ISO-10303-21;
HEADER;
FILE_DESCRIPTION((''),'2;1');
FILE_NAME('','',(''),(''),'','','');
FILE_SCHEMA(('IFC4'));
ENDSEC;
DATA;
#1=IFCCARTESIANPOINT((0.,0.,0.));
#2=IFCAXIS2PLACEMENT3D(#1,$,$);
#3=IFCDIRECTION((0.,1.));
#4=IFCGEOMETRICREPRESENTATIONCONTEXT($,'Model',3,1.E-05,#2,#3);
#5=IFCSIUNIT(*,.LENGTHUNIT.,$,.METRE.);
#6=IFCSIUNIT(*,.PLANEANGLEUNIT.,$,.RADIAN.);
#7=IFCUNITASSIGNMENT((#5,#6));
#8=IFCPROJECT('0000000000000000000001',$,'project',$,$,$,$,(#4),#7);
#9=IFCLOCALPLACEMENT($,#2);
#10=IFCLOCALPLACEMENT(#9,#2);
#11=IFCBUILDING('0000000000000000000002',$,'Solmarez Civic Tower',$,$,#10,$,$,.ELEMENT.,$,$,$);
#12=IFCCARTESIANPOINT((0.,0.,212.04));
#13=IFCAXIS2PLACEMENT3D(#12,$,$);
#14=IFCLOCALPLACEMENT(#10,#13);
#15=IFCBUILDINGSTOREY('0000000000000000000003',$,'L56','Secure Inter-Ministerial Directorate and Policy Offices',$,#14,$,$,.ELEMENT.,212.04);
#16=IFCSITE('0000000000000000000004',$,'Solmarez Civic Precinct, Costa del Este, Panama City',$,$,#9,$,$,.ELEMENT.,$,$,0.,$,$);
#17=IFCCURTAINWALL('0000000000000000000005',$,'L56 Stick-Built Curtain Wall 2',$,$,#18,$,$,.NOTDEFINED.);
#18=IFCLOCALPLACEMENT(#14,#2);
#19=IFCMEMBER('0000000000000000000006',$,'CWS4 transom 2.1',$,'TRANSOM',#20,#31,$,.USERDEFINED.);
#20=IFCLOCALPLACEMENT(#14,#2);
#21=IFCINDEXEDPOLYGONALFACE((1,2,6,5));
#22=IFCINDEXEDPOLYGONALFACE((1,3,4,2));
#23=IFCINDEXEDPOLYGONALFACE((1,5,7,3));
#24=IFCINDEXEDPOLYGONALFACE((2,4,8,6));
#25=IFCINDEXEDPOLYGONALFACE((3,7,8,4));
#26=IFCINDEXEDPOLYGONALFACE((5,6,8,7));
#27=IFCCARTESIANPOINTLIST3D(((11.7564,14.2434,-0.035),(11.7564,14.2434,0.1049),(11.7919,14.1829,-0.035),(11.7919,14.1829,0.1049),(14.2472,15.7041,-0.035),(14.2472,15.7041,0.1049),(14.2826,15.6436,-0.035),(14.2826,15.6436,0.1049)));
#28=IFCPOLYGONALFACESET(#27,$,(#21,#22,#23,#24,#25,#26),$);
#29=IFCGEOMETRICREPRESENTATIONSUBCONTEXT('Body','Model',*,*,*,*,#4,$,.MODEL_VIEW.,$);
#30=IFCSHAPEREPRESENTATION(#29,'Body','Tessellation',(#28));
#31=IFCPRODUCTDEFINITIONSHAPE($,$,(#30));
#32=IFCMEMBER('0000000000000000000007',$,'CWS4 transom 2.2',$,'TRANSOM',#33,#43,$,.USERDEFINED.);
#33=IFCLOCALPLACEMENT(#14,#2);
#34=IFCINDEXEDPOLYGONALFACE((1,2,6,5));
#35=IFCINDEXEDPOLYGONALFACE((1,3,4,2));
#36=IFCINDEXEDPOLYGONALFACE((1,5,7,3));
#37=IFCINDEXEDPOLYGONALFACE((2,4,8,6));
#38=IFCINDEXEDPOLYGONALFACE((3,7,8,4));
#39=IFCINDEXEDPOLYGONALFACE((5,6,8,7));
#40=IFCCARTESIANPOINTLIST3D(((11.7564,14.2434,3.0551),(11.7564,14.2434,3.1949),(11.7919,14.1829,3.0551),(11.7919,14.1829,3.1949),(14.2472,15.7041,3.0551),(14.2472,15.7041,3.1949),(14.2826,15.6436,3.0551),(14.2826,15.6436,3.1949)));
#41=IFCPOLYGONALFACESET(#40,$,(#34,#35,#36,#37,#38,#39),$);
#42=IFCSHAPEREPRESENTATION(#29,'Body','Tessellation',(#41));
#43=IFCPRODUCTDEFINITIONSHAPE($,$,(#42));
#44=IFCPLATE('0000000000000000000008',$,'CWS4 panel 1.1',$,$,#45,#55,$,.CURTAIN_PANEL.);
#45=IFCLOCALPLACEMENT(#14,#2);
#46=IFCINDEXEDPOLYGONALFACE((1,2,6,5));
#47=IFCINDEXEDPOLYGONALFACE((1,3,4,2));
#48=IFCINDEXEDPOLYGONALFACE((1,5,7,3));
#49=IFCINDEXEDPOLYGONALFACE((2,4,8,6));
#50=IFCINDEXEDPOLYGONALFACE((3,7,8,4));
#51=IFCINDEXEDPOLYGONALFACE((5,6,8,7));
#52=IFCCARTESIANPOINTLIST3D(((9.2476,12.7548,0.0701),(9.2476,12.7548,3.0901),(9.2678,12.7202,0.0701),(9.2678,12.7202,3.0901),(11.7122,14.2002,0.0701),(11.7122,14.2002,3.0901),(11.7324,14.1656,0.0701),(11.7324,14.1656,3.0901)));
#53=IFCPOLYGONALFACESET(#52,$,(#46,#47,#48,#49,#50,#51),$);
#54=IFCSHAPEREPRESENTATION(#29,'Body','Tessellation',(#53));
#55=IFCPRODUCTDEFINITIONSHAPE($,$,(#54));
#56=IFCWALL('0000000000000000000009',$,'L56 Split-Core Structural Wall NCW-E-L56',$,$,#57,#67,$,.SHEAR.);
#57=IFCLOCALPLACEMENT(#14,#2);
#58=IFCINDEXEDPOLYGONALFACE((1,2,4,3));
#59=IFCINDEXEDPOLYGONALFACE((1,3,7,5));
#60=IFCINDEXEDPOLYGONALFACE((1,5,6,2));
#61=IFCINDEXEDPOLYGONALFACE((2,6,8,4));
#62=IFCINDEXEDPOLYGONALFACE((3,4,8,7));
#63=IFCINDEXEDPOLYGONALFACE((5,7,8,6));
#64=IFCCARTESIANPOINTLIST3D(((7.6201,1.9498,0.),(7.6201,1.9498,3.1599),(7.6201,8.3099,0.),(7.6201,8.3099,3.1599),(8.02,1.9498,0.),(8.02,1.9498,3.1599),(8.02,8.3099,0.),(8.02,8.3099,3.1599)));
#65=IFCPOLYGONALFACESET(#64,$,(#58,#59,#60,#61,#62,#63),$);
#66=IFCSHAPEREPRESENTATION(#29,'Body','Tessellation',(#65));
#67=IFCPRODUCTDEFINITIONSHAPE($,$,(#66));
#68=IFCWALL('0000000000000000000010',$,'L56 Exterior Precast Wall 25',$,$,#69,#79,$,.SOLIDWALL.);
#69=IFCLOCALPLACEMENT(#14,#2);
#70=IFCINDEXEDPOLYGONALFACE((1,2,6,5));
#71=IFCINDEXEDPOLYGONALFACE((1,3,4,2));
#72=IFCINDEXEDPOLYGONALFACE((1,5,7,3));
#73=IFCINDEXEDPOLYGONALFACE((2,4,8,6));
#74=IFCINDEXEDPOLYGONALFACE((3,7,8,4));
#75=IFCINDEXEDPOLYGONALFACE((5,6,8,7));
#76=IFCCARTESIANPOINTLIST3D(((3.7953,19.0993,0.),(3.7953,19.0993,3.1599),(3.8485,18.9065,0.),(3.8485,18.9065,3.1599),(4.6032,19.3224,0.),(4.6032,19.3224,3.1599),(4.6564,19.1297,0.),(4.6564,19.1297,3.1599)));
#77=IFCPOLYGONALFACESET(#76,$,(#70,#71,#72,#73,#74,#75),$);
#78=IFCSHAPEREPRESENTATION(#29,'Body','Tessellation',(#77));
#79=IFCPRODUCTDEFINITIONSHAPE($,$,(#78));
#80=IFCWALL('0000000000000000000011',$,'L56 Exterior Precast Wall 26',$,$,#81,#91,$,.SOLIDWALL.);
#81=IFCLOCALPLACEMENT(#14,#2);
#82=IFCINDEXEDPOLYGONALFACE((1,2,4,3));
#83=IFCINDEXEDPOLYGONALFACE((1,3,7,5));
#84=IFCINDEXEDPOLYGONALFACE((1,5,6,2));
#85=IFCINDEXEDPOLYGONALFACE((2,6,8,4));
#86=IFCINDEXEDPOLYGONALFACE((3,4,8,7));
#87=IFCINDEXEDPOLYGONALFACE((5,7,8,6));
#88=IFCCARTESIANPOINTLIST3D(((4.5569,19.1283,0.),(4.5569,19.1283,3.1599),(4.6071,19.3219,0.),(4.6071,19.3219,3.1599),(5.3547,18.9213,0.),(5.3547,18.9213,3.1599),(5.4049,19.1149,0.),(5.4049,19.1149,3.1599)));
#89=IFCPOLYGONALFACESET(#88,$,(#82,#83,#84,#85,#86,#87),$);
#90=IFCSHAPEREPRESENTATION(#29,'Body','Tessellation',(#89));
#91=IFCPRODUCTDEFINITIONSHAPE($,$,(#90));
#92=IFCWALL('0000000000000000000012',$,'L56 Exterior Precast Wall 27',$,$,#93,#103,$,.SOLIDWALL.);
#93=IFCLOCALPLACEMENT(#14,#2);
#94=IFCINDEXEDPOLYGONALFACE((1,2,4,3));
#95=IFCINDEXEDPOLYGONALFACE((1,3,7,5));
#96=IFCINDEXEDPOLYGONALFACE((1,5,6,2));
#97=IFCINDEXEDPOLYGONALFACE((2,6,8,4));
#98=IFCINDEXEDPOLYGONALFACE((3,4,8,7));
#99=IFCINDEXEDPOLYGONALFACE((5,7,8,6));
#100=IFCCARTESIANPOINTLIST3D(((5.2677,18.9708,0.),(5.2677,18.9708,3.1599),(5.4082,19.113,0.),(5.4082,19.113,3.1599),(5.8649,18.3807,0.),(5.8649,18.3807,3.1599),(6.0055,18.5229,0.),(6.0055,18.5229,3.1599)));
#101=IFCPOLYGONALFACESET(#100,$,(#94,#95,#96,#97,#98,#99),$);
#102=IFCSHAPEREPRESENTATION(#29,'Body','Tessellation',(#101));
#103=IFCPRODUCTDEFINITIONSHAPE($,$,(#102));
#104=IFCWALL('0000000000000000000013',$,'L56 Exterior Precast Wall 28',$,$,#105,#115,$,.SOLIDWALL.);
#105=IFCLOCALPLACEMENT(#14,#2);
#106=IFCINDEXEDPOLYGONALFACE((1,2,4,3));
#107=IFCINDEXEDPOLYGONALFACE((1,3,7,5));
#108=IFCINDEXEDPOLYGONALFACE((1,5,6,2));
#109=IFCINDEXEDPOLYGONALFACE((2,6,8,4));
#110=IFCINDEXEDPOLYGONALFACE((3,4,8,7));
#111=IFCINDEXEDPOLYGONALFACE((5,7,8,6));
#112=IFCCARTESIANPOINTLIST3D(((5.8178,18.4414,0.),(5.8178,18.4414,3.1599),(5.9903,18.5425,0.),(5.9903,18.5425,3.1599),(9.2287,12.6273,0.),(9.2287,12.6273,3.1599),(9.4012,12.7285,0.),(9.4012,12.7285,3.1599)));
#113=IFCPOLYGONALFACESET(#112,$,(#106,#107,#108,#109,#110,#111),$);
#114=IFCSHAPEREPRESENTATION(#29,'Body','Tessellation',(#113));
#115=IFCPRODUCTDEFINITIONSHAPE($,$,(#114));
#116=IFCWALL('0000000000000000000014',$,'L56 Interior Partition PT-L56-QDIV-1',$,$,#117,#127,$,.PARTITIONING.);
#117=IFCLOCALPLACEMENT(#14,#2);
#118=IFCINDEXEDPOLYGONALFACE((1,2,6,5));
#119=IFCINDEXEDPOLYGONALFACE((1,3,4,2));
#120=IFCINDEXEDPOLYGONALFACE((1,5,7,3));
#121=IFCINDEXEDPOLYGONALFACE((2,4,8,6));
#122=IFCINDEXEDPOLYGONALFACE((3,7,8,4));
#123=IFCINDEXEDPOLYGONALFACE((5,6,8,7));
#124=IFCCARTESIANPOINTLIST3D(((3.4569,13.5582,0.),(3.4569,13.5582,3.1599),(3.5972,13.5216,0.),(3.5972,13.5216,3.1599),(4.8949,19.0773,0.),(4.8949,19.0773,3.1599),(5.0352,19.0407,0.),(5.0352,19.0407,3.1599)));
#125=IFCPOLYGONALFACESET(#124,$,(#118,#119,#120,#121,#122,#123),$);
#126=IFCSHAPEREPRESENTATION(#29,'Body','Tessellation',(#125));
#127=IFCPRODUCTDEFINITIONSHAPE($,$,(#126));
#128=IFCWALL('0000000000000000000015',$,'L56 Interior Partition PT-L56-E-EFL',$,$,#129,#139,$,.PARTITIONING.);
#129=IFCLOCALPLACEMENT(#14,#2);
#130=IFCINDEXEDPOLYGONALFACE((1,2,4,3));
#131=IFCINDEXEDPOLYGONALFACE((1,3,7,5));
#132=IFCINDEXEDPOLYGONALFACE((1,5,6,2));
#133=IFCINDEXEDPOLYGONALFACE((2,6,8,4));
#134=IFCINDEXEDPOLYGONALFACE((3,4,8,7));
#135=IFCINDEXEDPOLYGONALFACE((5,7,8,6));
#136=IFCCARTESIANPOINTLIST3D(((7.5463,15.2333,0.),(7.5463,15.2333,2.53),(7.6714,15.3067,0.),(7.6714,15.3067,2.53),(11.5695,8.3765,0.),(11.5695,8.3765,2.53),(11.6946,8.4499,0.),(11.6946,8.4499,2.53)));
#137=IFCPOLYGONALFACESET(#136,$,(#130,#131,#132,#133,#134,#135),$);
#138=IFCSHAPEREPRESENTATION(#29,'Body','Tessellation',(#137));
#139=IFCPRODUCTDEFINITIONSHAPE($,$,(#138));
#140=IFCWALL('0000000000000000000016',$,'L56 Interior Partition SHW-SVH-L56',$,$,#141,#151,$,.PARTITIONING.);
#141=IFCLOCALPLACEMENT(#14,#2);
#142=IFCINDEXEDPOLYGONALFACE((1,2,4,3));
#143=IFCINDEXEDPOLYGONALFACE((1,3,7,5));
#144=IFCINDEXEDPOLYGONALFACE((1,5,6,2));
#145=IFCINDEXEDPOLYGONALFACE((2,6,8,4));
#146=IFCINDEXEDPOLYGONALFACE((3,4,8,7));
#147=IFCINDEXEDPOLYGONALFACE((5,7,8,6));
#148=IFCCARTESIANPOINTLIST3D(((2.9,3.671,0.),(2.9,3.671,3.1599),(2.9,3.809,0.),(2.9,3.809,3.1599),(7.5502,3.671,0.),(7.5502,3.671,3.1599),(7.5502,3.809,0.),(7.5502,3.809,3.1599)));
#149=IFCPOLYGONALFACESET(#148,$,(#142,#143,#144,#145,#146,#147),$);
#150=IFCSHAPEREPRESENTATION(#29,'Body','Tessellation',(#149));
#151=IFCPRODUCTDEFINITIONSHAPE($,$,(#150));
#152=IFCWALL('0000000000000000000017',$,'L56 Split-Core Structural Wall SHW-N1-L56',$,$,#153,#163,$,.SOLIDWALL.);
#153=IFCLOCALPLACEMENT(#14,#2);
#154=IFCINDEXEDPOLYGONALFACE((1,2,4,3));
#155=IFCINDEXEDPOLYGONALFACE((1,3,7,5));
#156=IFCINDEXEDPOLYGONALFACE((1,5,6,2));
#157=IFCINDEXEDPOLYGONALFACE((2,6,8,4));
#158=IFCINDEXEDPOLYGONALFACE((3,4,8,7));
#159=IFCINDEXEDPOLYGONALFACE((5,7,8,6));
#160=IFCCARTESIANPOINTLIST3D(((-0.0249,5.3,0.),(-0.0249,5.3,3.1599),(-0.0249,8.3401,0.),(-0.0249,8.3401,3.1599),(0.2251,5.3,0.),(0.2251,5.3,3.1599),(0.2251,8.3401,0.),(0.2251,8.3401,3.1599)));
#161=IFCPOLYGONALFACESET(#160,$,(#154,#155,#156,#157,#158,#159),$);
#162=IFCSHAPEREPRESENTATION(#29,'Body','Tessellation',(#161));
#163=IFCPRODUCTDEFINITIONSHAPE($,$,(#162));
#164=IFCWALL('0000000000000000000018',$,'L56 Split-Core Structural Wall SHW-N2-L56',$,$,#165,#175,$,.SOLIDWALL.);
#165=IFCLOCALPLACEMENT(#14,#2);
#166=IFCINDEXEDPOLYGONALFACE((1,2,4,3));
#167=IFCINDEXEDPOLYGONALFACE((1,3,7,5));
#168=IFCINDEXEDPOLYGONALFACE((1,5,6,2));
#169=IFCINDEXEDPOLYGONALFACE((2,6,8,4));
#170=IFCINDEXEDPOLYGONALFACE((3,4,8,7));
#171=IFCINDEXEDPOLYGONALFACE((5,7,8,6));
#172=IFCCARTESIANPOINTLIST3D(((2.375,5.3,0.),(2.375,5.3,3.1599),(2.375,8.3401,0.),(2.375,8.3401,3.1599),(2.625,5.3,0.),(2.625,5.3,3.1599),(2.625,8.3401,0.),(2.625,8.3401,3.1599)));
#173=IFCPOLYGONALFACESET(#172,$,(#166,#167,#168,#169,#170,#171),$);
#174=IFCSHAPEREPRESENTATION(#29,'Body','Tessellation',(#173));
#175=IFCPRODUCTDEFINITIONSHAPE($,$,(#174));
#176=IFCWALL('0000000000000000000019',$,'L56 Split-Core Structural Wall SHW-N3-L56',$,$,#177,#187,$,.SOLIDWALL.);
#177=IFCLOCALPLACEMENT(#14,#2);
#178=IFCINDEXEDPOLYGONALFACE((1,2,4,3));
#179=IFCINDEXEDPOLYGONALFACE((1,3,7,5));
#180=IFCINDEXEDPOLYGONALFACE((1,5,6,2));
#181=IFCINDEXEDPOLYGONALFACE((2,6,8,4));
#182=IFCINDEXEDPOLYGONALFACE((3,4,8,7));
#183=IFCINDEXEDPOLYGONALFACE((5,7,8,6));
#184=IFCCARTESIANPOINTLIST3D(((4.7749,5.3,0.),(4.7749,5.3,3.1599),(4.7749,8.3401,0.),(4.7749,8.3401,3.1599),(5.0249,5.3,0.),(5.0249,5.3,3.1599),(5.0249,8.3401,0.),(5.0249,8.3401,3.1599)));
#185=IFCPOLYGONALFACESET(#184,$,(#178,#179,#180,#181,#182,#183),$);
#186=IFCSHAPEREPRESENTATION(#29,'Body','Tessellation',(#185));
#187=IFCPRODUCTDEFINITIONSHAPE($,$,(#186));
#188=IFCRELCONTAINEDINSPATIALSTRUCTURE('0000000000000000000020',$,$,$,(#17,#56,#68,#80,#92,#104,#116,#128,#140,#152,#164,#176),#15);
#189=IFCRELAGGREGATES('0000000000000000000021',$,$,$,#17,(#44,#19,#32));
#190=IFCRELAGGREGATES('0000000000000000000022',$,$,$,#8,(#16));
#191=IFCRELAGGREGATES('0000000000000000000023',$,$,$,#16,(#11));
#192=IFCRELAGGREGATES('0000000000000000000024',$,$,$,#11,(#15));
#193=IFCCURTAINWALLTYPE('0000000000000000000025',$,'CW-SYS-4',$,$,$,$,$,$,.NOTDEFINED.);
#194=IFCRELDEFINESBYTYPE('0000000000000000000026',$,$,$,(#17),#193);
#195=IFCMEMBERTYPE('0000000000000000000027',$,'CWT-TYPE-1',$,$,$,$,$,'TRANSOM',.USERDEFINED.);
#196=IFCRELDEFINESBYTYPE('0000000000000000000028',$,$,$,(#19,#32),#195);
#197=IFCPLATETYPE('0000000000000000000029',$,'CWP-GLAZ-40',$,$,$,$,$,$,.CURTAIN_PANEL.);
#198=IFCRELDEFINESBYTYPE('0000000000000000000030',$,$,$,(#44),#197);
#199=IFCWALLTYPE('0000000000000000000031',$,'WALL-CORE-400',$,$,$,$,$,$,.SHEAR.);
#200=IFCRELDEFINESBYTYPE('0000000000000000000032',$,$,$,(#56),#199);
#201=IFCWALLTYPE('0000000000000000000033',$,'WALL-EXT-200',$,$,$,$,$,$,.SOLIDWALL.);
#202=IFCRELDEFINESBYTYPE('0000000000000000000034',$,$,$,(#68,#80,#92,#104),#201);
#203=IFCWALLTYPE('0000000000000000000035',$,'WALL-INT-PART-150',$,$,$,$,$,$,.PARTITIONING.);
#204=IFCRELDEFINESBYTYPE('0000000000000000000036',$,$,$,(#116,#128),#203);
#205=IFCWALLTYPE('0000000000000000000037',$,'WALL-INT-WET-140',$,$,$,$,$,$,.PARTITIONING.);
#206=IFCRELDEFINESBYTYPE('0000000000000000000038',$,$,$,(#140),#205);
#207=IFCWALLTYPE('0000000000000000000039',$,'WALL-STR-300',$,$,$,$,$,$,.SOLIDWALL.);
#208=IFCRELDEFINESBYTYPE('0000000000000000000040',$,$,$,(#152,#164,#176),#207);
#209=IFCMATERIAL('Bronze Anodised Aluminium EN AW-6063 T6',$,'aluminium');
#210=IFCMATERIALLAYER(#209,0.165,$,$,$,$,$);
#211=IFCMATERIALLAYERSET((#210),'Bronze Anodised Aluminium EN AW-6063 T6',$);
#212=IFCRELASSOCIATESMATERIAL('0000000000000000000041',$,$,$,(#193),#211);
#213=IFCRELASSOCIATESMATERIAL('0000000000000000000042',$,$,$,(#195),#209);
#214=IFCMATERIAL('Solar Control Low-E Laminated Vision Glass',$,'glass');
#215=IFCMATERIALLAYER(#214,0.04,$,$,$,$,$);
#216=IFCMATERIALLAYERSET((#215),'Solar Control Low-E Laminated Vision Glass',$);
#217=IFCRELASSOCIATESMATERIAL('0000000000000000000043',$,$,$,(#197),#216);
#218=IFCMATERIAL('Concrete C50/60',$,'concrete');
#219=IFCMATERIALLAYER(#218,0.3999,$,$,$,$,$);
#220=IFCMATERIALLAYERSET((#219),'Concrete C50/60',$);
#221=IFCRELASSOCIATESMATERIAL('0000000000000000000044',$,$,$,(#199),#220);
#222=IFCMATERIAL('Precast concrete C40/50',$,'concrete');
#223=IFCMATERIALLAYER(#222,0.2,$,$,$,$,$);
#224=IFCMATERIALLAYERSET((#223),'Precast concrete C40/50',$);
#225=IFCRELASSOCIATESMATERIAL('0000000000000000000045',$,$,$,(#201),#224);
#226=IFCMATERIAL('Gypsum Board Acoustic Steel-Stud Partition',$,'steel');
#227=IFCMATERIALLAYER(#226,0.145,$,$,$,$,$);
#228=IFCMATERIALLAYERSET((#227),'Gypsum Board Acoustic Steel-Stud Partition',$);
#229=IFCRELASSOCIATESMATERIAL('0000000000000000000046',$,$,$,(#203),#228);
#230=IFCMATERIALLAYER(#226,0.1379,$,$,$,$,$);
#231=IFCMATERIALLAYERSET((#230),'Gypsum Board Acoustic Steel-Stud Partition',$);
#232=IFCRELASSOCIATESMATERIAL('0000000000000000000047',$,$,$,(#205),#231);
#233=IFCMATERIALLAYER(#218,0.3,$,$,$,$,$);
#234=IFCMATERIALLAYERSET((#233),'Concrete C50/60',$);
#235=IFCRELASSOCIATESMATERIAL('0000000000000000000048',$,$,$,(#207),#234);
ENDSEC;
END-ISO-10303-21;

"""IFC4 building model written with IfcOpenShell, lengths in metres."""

from ifc_helpers import new_model, si_unit, direction, frame, frame_2d, origin, origin_2d, place, context, subcontext, project, spatial, rectangle, extrude, material, layer, layer_set, material_profile, profile_set, type_object, element, aggregate, save


model = new_model("IFC4")

# Units and contexts
model_context = context("Model", 3, precision=1e-05, world=origin(), true_north=direction((0.0, 1.0)))
body_context = subcontext(model_context, "Body", "Model", "MODEL_VIEW")
ifc_project = project(units=[si_unit("LENGTHUNIT", "METRE"), si_unit("PLANEANGLEUNIT", "RADIAN")], contexts=[model_context])

# Site, building, storey
site_placement = place(None, origin())
site = spatial("IfcSite", under=ifc_project, at=site_placement, Name="Solmarez Civic Precinct, Costa del Este, Panama City", CompositionType="ELEMENT", RefElevation=0.0)
building_placement = place(site_placement, origin())
building = spatial("IfcBuilding", under=site, at=building_placement, Name="Solmarez Civic Tower", CompositionType="ELEMENT")
storey_placement = place(building_placement, frame((0.0, 0.0, 212.04)))
storey = spatial("IfcBuildingStorey", under=building, at=storey_placement, Name="L56", Description="Secure Inter-Ministerial Directorate and Policy Offices", CompositionType="ELEMENT", Elevation=212.04)

# Shared definitions
ifc_material_1 = material(Name="Concrete C50/60", Category="concrete")

# Curtain wall, members, plate
ifc_material_2 = material(Name="Bronze Anodised Aluminium EN AW-6063 T6", Category="aluminium")
ifc_layer_1 = layer(ifc_material_2, 0.165)
ifc_layer_set_1 = layer_set([ifc_layer_1], Name="Bronze Anodised Aluminium EN AW-6063 T6")
curtain_wall_type = type_object("IfcCurtainWallType", Name="CW-SYS-4", PredefinedType="NOTDEFINED", material=ifc_layer_set_1)
curtain_wall_placement = place(storey_placement, origin())
curtain_wall = element("IfcCurtainWall", 1, at=curtain_wall_placement, inside=storey, type_object=curtain_wall_type, Name="L56 Stick-Built Curtain Wall 2", PredefinedType="NOTDEFINED")
ifc_material_profile_1 = material_profile(ifc_material_2, rectangle(XDim=0.0701, YDim=0.1399, at=origin_2d()), Name="CWT-70X140")
ifc_profile_set_1 = profile_set([ifc_material_profile_1], Name="Bronze Anodised Aluminium EN AW-6063 T6")
member_type_1 = type_object("IfcMemberType", Name="CWT-TYPE-1", ElementType="TRANSOM", PredefinedType="USERDEFINED", material=ifc_profile_set_1)
member_1_placement = place(storey_placement, frame((11.7742, 14.2131, 0.0349), z_axis=(0.862605, 0.505878, 0.0), x_axis=(-0.505878, 0.862605, 0.0)))
member_1 = element("IfcMember", 2, at=member_1_placement, type_object=member_type_1, Name="CWS4 transom 2.1", ObjectType="TRANSOM", PredefinedType="USERDEFINED", context=body_context, shape_type="SweptSolid", body=[
    extrude(rectangle(XDim=0.0701, YDim=0.1399, at=origin_2d()), origin(), (0.0, 0.0, 1.0), 2.8875),
])
member_2_placement = place(storey_placement, frame((11.7742, 14.2131, 3.125), z_axis=(0.862605, 0.505878, 0.0), x_axis=(-0.505878, 0.862605, 0.0)))
member_2 = element("IfcMember", 3, at=member_2_placement, type_object=member_type_1, Name="CWS4 transom 2.2", ObjectType="TRANSOM", PredefinedType="USERDEFINED", context=body_context, shape_type="SweptSolid", body=[
    extrude(rectangle(XDim=0.0701, YDim=0.1399, at=origin_2d()), origin(), (0.0, 0.0, 1.0), 2.8875),
])
ifc_material_3 = material(Name="Solar Control Low-E Laminated Vision Glass", Category="glass")
ifc_layer_2 = layer(ifc_material_3, 0.04)
ifc_layer_set_2 = layer_set([ifc_layer_2], Name="Solar Control Low-E Laminated Vision Glass")
plate_type = type_object("IfcPlateType", Name="CWP-GLAZ-40", PredefinedType="CURTAIN_PANEL", material=ifc_layer_set_2)
plate_placement = place(storey_placement, frame((10.49, 13.4602, 0.0701), z_axis=(0.0, 0.0, 1.0), x_axis=(0.862599, 0.505888, 0.0)))
plate = element("IfcPlate", 4, at=plate_placement, type_object=plate_type, Name="CWS4 panel 1.1", PredefinedType="CURTAIN_PANEL", context=body_context, shape_type="SweptSolid", body=[
    extrude(rectangle(XDim=2.8572, YDim=0.04, at=origin_2d()), origin(), (0.0, 0.0, 1.0), 3.02),
])
aggregate(curtain_wall, [plate, member_1, member_2])

# Walls
ifc_layer_3 = layer(ifc_material_1, 0.3999)
ifc_layer_set_3 = layer_set([ifc_layer_3], Name="Concrete C50/60")
wall_type_1 = type_object("IfcWallType", Name="WALL-CORE-400", PredefinedType="SHEAR", material=ifc_layer_set_3)
wall_1_placement = place(storey_placement, frame((7.8201, 8.3101, 0.0), z_axis=(0.0, 0.0, 1.0), x_axis=(0.0, -1.0, 0.0)))
element("IfcWall", 5, at=wall_1_placement, inside=storey, type_object=wall_type_1, Name="L56 Split-Core Structural Wall NCW-E-L56", PredefinedType="SHEAR", context=body_context, shape_type="SweptSolid", body=[
    extrude(rectangle(XDim=6.3601, YDim=0.3999, at=frame_2d((3.1802, 0.0))), origin(), (0.0, 0.0, 1.0), 3.1599),
])
ifc_material_4 = material(Name="Precast concrete C40/50", Category="concrete")
ifc_layer_4 = layer(ifc_material_4, 0.2)
ifc_layer_set_4 = layer_set([ifc_layer_4], Name="Precast concrete C40/50")
wall_type_2 = type_object("IfcWallType", Name="WALL-EXT-200", PredefinedType="SOLIDWALL", material=ifc_layer_set_4)
wall_2_placement = place(storey_placement, frame((3.822, 19.0029, 0.0), z_axis=(0.0, 0.0, 1.0), x_axis=(0.963905, 0.266246, 0.0)))
element("IfcWall", 6, at=wall_2_placement, inside=storey, type_object=wall_type_2, Name="L56 Exterior Precast Wall 25", PredefinedType="SOLIDWALL", context=body_context, shape_type="SweptSolid", body=[
    extrude(rectangle(XDim=0.8381, YDim=0.2, at=frame_2d((0.4189, 0.0))), origin(), (0.0, 0.0, 1.0), 3.1599),
])
wall_3_placement = place(storey_placement, frame((4.582, 19.2251, 0.0), z_axis=(0.0, 0.0, 1.0), x_axis=(0.967944, -0.251168, 0.0)))
element("IfcWall", 7, at=wall_3_placement, inside=storey, type_object=wall_type_2, Name="L56 Exterior Precast Wall 26", PredefinedType="SOLIDWALL", context=body_context, shape_type="SweptSolid", body=[
    extrude(rectangle(XDim=0.8242, YDim=0.2, at=frame_2d((0.4121, 0.0))), origin(), (0.0, 0.0, 1.0), 3.1599),
])
wall_4_placement = place(storey_placement, frame((5.3379, 19.042, 0.0), z_axis=(0.0, 0.0, 1.0), x_axis=(0.711311, -0.702878, 0.0)))
element("IfcWall", 8, at=wall_4_placement, inside=storey, type_object=wall_type_2, Name="L56 Exterior Precast Wall 27", PredefinedType="SOLIDWALL", context=body_context, shape_type="SweptSolid", body=[
    extrude(rectangle(XDim=0.8396, YDim=0.2, at=frame_2d((0.4199, 0.0))), origin(), (0.0, 0.0, 1.0), 3.1599),
])
wall_5_placement = place(storey_placement, frame((5.9041, 18.4919, 0.0), z_axis=(0.0, 0.0, 1.0), x_axis=(0.506018, -0.862523, 0.0)))
element("IfcWall", 9, at=wall_5_placement, inside=storey, type_object=wall_type_2, Name="L56 Exterior Precast Wall 28", PredefinedType="SOLIDWALL", context=body_context, shape_type="SweptSolid", body=[
    extrude(rectangle(XDim=6.7407, YDim=0.2, at=frame_2d((3.3704, 0.0))), origin(), (0.0, 0.0, 1.0), 3.1599),
])
ifc_material_5 = material(Name="Gypsum Board Acoustic Steel-Stud Partition", Category="steel")
ifc_layer_5 = layer(ifc_material_5, 0.145)
ifc_layer_set_5 = layer_set([ifc_layer_5], Name="Gypsum Board Acoustic Steel-Stud Partition")
wall_type_3 = type_object("IfcWallType", Name="WALL-INT-PART-150", PredefinedType="PARTITIONING", material=ifc_layer_set_5)
wall_6_placement = place(storey_placement, frame((3.5271, 13.54, 0.0), z_axis=(0.0, 0.0, 1.0), x_axis=(0.252133, 0.967693, 0.0)))
element("IfcWall", 10, at=wall_6_placement, inside=storey, type_object=wall_type_3, Name="L56 Interior Partition PT-L56-QDIV-1", PredefinedType="PARTITIONING", context=body_context, shape_type="SweptSolid", body=[
    extrude(rectangle(XDim=5.7034, YDim=0.145, at=frame_2d((2.8516, 0.0))), origin(), (0.0, 0.0, 1.0), 3.1599),
])
wall_7_placement = place(storey_placement, frame((11.6321, 8.4131, 0.0), z_axis=(0.0, 0.0, 1.0), x_axis=(-0.506058, 0.8625, 0.0)))
element("IfcWall", 11, at=wall_7_placement, inside=storey, type_object=wall_type_3, Name="L56 Interior Partition PT-L56-E-EFL", PredefinedType="PARTITIONING", context=body_context, shape_type="SweptSolid", body=[
    extrude(rectangle(XDim=7.95, YDim=0.145, at=frame_2d((3.9751, 0.0))), origin(), (0.0, 0.0, 1.0), 2.53),
])
ifc_layer_6 = layer(ifc_material_5, 0.1379)
ifc_layer_set_6 = layer_set([ifc_layer_6], Name="Gypsum Board Acoustic Steel-Stud Partition")
wall_type_4 = type_object("IfcWallType", Name="WALL-INT-WET-140", PredefinedType="PARTITIONING", material=ifc_layer_set_6)
wall_8_placement = place(storey_placement, frame((2.8999, 3.74, 0.0), z_axis=(0.0, 0.0, 1.0), x_axis=(1.0, 0.0, 0.0)))
element("IfcWall", 12, at=wall_8_placement, inside=storey, type_object=wall_type_4, Name="L56 Interior Partition SHW-SVH-L56", PredefinedType="PARTITIONING", context=body_context, shape_type="SweptSolid", body=[
    extrude(rectangle(XDim=4.6501, YDim=0.1379, at=frame_2d((2.3252, 0.0))), origin(), (0.0, 0.0, 1.0), 3.1599),
])

# Shared definitions
ifc_layer_7 = layer(ifc_material_1, 0.3)
ifc_layer_set_7 = layer_set([ifc_layer_7], Name="Concrete C50/60")
wall_type_5 = type_object("IfcWallType", Name="WALL-STR-300", PredefinedType="SOLIDWALL", material=ifc_layer_set_7)

# Walls
for number, where, z_axis, x_axis, name in (
    (13, (0.1001, 5.3, 0.0), (0.0, 0.0, 1.0), (0.0, 1.0, 0.0), "L56 Split-Core Structural Wall SHW-N1-L56"),
    (14, (2.5, 5.3, 0.0), (0.0, 0.0, 1.0), (0.0, 1.0, 0.0), "L56 Split-Core Structural Wall SHW-N2-L56"),
    (15, (4.8999, 5.3, 0.0), (0.0, 0.0, 1.0), (0.0, 1.0, 0.0), "L56 Split-Core Structural Wall SHW-N3-L56"),
):
    element("IfcWall", number, at=place(storey_placement, frame(where, z_axis=z_axis, x_axis=x_axis)), inside=storey, type_object=wall_type_5, Name=name, PredefinedType="SOLIDWALL", context=body_context, shape_type="SweptSolid", body=[
        extrude(rectangle(XDim=3.04, YDim=0.25, at=frame_2d((1.52, 0.0))), origin(), (0.0, 0.0, 1.0), 3.1599),
    ])

save(model, "model.ifc")
